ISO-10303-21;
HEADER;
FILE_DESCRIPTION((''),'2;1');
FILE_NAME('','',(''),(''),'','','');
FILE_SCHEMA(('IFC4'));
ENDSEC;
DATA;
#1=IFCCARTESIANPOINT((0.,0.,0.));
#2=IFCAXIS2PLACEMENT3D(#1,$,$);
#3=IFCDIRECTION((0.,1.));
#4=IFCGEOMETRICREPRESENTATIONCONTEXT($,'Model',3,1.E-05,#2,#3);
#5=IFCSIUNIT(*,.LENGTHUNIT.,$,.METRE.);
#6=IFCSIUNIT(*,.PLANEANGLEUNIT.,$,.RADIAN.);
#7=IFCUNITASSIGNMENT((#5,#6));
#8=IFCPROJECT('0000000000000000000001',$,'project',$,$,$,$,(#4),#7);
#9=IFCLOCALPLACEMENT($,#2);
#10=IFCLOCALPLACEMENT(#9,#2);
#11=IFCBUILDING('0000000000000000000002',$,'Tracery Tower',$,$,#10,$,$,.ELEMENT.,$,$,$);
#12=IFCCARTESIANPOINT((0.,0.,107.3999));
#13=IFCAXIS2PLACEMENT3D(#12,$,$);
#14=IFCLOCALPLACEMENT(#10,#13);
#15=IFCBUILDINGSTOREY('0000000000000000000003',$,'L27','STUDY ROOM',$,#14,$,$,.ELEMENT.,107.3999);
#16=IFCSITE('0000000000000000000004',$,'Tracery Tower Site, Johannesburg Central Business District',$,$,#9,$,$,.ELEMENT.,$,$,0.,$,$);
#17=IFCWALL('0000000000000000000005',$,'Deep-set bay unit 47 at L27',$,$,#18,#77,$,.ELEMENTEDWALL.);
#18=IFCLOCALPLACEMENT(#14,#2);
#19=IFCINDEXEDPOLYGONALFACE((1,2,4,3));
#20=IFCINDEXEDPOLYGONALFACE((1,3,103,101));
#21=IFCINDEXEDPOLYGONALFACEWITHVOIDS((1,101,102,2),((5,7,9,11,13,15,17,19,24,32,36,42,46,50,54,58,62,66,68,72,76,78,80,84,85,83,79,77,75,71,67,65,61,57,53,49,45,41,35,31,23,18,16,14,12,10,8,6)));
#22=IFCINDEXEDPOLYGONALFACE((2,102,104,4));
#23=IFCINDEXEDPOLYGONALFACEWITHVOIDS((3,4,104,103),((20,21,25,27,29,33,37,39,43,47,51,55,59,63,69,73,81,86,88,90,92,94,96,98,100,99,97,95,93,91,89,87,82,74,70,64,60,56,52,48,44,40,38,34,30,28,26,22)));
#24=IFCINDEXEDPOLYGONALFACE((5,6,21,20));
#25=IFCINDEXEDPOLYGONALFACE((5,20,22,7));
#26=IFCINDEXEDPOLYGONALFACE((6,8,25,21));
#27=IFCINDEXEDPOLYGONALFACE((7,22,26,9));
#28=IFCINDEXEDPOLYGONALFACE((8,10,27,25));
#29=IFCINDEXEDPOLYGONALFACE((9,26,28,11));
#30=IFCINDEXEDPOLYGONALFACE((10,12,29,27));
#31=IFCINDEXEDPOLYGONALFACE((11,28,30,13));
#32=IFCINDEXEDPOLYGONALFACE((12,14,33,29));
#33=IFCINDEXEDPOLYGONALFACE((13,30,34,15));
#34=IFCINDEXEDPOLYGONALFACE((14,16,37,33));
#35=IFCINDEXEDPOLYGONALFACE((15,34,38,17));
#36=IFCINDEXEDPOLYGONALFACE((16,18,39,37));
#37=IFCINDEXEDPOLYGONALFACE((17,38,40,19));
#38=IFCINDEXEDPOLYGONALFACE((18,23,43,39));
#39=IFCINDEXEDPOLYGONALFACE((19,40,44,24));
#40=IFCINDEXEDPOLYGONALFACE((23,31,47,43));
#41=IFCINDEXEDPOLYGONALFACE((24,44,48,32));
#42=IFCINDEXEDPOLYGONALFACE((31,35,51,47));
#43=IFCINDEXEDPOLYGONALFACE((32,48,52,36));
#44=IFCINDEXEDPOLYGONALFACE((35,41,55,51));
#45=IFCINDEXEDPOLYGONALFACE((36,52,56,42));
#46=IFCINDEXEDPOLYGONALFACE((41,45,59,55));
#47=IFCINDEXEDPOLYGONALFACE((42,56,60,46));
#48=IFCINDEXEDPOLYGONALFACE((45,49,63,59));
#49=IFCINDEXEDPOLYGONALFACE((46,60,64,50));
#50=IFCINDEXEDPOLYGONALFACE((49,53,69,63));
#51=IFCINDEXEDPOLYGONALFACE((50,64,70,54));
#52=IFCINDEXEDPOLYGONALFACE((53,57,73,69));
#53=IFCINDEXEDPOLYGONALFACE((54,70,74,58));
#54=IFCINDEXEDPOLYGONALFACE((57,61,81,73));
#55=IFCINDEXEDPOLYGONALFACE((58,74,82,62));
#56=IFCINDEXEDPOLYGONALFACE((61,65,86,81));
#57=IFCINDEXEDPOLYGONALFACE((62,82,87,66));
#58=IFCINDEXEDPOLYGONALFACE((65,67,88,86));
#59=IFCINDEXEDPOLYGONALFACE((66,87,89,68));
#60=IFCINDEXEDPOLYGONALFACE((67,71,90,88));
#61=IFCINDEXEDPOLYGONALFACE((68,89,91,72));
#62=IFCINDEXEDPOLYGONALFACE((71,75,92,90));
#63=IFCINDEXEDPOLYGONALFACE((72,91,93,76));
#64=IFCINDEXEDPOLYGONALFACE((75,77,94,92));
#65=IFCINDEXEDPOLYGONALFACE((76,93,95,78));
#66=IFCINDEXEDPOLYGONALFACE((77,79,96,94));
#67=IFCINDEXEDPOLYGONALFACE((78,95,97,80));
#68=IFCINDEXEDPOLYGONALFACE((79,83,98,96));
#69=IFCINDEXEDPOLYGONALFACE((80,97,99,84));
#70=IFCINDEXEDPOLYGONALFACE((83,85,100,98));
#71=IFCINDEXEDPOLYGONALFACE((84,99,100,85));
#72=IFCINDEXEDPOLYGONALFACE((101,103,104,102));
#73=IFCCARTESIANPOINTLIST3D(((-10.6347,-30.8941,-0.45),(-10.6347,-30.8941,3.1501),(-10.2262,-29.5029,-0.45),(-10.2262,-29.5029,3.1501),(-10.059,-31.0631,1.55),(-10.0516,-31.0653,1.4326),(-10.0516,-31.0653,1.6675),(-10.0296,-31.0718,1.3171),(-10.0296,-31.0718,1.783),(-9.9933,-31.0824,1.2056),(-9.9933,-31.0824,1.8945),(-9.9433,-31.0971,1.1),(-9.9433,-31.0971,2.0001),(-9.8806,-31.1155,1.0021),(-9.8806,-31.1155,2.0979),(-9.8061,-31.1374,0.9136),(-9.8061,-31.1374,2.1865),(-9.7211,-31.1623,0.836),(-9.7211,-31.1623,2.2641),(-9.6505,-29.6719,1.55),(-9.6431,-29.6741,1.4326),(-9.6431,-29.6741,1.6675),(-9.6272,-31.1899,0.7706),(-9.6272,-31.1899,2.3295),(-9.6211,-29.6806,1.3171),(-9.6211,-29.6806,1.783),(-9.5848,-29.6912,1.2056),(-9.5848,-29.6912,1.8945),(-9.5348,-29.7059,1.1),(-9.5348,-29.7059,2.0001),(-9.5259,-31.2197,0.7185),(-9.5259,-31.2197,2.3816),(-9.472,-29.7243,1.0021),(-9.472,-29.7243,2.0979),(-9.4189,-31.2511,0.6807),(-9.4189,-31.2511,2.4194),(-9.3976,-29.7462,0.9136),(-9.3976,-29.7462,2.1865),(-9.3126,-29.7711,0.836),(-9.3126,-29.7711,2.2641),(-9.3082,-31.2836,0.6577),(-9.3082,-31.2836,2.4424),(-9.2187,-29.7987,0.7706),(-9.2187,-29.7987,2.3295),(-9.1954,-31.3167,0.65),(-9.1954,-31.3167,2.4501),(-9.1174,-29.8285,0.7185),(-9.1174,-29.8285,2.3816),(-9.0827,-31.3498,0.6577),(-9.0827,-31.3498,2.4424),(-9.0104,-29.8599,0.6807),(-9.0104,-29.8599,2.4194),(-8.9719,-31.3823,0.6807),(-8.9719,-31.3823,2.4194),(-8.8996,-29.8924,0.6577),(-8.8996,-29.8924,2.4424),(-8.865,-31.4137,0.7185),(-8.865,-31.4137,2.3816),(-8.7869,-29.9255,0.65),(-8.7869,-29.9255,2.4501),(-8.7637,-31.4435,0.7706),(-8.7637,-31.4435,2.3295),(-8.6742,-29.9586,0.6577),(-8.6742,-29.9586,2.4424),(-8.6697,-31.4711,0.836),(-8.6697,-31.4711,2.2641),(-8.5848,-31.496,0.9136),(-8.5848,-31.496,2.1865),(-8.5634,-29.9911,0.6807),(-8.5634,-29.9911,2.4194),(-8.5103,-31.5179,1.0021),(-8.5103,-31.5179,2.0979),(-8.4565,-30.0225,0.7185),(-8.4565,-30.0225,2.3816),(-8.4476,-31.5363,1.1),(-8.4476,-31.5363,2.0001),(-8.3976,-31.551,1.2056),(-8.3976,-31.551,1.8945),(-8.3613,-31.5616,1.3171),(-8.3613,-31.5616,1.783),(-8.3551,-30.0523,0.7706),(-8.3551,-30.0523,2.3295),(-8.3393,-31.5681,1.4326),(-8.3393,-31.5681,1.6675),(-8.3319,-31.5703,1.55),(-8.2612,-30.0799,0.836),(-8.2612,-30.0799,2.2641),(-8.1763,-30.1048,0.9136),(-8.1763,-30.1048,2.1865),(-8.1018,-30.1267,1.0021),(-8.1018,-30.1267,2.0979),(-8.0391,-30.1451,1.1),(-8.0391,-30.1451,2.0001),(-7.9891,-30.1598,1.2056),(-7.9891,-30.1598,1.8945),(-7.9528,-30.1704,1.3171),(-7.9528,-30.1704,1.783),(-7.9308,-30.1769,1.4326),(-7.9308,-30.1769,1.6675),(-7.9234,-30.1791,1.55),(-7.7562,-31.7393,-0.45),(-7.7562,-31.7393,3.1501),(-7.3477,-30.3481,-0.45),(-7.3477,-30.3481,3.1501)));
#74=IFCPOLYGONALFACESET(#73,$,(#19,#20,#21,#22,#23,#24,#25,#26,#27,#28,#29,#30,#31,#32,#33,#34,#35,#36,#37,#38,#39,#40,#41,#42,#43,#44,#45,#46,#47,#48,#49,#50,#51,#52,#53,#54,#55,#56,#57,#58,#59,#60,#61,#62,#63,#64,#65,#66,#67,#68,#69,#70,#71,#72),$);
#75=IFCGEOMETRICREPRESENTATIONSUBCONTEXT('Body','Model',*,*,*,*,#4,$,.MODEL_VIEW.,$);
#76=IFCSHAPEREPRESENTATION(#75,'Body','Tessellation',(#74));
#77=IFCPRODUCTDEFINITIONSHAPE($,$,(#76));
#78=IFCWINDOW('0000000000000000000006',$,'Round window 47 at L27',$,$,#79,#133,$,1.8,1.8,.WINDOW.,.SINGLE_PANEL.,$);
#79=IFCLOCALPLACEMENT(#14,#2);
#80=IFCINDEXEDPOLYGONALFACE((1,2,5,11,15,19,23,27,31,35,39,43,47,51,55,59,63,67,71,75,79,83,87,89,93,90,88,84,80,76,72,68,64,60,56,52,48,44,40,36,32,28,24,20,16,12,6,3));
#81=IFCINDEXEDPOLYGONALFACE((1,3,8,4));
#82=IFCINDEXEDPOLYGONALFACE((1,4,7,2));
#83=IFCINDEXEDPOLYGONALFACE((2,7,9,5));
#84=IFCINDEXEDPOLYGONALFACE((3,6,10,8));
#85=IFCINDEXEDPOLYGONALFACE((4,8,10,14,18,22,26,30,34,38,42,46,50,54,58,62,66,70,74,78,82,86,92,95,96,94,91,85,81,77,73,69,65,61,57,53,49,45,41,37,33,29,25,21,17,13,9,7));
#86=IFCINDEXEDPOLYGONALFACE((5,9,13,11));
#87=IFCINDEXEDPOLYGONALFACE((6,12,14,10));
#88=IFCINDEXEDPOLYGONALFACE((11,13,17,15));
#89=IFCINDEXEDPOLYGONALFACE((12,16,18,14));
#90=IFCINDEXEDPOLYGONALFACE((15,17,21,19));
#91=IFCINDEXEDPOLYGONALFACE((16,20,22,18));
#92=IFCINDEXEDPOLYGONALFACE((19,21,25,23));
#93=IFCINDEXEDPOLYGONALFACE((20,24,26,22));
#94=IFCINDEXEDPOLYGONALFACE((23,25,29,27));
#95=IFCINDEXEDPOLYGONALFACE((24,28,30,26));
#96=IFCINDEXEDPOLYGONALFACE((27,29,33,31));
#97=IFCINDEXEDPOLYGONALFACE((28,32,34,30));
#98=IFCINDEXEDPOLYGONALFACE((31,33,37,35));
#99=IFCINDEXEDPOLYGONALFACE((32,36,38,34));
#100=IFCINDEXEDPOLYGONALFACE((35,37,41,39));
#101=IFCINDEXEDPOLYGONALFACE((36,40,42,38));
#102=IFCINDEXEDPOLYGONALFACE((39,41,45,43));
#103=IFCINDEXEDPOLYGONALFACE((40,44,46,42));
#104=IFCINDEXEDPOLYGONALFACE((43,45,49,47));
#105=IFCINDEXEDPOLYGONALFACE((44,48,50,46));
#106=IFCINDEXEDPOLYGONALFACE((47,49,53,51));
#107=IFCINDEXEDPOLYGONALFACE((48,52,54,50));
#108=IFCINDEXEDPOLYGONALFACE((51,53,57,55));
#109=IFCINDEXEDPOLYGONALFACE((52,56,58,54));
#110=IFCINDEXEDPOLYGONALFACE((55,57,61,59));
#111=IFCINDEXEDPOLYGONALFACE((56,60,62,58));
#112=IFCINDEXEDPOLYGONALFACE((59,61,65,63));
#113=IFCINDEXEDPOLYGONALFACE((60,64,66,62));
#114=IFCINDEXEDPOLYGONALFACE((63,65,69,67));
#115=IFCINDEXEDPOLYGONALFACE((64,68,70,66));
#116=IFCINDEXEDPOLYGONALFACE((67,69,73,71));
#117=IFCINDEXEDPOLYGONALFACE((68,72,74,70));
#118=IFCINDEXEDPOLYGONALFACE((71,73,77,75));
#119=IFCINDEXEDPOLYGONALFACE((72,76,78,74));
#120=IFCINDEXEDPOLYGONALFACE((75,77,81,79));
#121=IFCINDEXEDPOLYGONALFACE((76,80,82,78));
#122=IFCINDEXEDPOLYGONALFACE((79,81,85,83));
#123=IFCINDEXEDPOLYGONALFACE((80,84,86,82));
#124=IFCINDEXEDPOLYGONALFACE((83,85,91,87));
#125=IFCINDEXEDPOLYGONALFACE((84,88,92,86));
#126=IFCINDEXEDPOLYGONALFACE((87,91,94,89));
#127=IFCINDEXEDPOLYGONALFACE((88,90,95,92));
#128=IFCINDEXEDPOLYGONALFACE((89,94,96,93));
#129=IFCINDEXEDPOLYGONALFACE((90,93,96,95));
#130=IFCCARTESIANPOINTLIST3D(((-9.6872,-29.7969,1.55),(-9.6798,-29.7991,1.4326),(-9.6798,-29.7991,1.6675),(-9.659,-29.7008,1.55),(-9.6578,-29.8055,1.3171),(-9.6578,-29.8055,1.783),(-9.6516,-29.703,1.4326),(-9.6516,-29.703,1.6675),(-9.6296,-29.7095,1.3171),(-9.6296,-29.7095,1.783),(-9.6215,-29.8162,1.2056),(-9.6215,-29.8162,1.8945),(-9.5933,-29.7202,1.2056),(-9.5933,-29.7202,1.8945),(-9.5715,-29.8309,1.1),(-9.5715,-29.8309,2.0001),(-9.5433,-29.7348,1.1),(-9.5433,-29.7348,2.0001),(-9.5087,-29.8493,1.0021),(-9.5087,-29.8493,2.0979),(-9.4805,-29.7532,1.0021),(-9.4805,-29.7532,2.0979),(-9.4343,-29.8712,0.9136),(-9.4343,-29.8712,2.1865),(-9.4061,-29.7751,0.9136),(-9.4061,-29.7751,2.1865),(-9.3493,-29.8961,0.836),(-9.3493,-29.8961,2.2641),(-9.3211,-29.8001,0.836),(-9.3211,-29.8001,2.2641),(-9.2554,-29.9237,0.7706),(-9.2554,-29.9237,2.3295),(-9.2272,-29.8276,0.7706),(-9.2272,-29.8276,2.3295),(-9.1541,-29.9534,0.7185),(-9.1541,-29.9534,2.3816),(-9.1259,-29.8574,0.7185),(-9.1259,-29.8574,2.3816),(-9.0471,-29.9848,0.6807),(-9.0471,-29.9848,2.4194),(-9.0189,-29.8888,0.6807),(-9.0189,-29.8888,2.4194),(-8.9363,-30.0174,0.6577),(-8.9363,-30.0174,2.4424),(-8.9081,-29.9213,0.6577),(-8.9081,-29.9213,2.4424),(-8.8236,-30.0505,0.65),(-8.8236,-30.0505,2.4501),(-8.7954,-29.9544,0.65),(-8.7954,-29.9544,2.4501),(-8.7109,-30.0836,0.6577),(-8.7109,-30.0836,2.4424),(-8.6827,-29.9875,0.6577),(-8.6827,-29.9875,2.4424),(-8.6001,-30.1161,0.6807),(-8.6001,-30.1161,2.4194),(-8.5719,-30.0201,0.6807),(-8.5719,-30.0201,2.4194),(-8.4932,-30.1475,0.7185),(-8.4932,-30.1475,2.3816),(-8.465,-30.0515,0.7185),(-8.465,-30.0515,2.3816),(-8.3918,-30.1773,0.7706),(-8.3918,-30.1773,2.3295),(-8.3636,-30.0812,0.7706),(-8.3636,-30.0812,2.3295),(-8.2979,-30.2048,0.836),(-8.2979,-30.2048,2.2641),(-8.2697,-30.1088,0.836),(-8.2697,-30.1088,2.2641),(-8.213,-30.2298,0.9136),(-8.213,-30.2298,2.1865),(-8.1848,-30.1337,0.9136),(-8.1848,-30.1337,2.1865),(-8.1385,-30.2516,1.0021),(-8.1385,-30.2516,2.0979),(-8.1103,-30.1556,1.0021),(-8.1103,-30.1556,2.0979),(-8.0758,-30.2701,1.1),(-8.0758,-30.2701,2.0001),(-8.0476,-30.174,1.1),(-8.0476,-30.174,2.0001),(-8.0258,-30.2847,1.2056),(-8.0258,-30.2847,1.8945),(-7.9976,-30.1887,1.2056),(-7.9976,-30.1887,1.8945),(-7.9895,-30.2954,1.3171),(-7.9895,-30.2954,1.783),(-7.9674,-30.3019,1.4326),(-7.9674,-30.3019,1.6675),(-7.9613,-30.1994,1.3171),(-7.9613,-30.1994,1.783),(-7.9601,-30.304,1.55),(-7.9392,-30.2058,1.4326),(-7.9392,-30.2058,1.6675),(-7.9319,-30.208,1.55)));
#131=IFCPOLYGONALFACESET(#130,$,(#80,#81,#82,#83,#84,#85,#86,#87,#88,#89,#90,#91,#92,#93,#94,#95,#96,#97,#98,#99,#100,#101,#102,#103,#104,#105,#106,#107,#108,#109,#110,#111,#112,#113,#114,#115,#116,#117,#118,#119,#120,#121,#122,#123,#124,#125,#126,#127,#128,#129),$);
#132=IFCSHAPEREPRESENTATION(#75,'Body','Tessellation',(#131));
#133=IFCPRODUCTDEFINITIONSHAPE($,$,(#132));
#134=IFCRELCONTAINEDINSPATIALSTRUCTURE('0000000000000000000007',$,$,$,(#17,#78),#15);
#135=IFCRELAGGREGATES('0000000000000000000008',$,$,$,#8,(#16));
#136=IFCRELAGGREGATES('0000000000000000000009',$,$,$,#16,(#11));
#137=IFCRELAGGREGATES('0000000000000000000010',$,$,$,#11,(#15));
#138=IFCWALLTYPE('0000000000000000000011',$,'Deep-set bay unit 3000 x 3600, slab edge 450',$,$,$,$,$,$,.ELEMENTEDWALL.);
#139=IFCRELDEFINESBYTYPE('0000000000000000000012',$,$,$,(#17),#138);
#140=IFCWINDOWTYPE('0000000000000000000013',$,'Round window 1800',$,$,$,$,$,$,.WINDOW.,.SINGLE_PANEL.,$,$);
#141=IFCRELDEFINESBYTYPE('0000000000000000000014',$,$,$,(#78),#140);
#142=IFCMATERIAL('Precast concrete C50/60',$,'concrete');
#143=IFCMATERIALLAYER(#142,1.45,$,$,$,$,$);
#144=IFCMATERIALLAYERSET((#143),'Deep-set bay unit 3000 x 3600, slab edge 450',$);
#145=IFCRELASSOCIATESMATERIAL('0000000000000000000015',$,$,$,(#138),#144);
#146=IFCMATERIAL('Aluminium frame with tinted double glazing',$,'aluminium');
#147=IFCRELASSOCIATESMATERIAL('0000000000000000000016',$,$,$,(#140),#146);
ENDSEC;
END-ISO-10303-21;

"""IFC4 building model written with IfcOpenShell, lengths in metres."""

from ifc_helpers import new_model, si_unit, direction, frame, frame_2d, origin, origin_2d, place, context, subcontext, project, spatial, rectangle, circle, extrude, material, layer, layer_set, type_object, element, fill, save


model = new_model("IFC4")

# Units and contexts
model_context = context("Model", 3, precision=1e-05, world=origin(), true_north=direction((0.0, 1.0)))
body_context = subcontext(model_context, "Body", "Model", "MODEL_VIEW")
ifc_project = project(units=[si_unit("LENGTHUNIT", "METRE"), si_unit("PLANEANGLEUNIT", "RADIAN")], contexts=[model_context])

# Site, building, storey
site_placement = place(None, origin())
site = spatial("IfcSite", under=ifc_project, at=site_placement, Name="Tracery Tower Site, Johannesburg Central Business District", CompositionType="ELEMENT", RefElevation=0.0)
building_placement = place(site_placement, origin())
building = spatial("IfcBuilding", under=site, at=building_placement, Name="Tracery Tower", CompositionType="ELEMENT")
storey_placement = place(building_placement, frame((0.0, 0.0, 107.3999)))
storey = spatial("IfcBuildingStorey", under=building, at=storey_placement, Name="L27", Description="STUDY ROOM", CompositionType="ELEMENT", Elevation=107.3999)

# Wall, opening, window
ifc_material_1 = material(Name="Precast concrete C50/60", Category="concrete")
ifc_layer_1 = layer(ifc_material_1, 1.45)
ifc_layer_set_1 = layer_set([ifc_layer_1], Name="Deep-set bay unit 3000 x 3600, slab edge 450")
wall_type_1 = type_object("IfcWallType", Name="Deep-set bay unit 3000 x 3600, slab edge 450", PredefinedType="ELEMENTEDWALL", material=ifc_layer_set_1)
wall_1_placement = place(storey_placement, frame((-10.4304, -30.1985, -0.45), z_axis=(0.0, 0.0, 1.0), x_axis=(0.95949, -0.281743, 0.0)))
wall_1 = element("IfcWall", 1, at=wall_1_placement, inside=storey, type_object=wall_type_1, Name="Deep-set bay unit 47 at L27", PredefinedType="ELEMENTEDWALL", context=body_context, shape_type="SweptSolid", body=[
    extrude(rectangle(XDim=3.0, YDim=1.45, at=frame_2d((1.5, 0.0))), origin(), (0.0, 0.0, 1.0), 3.6001),
])
opening_1_placement = place(wall_1_placement, frame((1.5, 0.0, 2.0)))
opening_1 = element("IfcOpeningElement", 2, at=opening_1_placement, cuts=wall_1, PredefinedType="OPENING", context=body_context, shape_type="SweptSolid", body=[
    extrude(circle(Radius=0.9, at=origin_2d()), frame((0.0, 0.7349, 0.0), z_axis=(0.0, -1.0, 0.0), x_axis=(1.0, 0.0, 0.0)), (0.0, 0.0, 1.0), 1.47),
])
ifc_material_2 = material(Name="Aluminium frame with tinted double glazing", Category="aluminium")
window_type = type_object("IfcWindowType", Name="Round window 1800", PartitioningType="SINGLE_PANEL", PredefinedType="WINDOW", material=ifc_material_2)
window_1_placement = place(opening_1_placement, origin())
window_1 = element("IfcWindow", 3, at=window_1_placement, inside=storey, type_object=window_type, Name="Round window 47 at L27", OverallHeight=1.8, OverallWidth=1.8, PartitioningType="SINGLE_PANEL", PredefinedType="WINDOW", context=body_context, shape_type="SweptSolid", body=[
    extrude(circle(Radius=0.9, at=origin_2d()), frame((0.0, 0.6948, 0.0), z_axis=(0.0, -1.0, 0.0), x_axis=(1.0, 0.0, 0.0)), (0.0, 0.0, 1.0), 0.1001),
])
fill(opening_1, window_1)

save(model, "model.ifc")
